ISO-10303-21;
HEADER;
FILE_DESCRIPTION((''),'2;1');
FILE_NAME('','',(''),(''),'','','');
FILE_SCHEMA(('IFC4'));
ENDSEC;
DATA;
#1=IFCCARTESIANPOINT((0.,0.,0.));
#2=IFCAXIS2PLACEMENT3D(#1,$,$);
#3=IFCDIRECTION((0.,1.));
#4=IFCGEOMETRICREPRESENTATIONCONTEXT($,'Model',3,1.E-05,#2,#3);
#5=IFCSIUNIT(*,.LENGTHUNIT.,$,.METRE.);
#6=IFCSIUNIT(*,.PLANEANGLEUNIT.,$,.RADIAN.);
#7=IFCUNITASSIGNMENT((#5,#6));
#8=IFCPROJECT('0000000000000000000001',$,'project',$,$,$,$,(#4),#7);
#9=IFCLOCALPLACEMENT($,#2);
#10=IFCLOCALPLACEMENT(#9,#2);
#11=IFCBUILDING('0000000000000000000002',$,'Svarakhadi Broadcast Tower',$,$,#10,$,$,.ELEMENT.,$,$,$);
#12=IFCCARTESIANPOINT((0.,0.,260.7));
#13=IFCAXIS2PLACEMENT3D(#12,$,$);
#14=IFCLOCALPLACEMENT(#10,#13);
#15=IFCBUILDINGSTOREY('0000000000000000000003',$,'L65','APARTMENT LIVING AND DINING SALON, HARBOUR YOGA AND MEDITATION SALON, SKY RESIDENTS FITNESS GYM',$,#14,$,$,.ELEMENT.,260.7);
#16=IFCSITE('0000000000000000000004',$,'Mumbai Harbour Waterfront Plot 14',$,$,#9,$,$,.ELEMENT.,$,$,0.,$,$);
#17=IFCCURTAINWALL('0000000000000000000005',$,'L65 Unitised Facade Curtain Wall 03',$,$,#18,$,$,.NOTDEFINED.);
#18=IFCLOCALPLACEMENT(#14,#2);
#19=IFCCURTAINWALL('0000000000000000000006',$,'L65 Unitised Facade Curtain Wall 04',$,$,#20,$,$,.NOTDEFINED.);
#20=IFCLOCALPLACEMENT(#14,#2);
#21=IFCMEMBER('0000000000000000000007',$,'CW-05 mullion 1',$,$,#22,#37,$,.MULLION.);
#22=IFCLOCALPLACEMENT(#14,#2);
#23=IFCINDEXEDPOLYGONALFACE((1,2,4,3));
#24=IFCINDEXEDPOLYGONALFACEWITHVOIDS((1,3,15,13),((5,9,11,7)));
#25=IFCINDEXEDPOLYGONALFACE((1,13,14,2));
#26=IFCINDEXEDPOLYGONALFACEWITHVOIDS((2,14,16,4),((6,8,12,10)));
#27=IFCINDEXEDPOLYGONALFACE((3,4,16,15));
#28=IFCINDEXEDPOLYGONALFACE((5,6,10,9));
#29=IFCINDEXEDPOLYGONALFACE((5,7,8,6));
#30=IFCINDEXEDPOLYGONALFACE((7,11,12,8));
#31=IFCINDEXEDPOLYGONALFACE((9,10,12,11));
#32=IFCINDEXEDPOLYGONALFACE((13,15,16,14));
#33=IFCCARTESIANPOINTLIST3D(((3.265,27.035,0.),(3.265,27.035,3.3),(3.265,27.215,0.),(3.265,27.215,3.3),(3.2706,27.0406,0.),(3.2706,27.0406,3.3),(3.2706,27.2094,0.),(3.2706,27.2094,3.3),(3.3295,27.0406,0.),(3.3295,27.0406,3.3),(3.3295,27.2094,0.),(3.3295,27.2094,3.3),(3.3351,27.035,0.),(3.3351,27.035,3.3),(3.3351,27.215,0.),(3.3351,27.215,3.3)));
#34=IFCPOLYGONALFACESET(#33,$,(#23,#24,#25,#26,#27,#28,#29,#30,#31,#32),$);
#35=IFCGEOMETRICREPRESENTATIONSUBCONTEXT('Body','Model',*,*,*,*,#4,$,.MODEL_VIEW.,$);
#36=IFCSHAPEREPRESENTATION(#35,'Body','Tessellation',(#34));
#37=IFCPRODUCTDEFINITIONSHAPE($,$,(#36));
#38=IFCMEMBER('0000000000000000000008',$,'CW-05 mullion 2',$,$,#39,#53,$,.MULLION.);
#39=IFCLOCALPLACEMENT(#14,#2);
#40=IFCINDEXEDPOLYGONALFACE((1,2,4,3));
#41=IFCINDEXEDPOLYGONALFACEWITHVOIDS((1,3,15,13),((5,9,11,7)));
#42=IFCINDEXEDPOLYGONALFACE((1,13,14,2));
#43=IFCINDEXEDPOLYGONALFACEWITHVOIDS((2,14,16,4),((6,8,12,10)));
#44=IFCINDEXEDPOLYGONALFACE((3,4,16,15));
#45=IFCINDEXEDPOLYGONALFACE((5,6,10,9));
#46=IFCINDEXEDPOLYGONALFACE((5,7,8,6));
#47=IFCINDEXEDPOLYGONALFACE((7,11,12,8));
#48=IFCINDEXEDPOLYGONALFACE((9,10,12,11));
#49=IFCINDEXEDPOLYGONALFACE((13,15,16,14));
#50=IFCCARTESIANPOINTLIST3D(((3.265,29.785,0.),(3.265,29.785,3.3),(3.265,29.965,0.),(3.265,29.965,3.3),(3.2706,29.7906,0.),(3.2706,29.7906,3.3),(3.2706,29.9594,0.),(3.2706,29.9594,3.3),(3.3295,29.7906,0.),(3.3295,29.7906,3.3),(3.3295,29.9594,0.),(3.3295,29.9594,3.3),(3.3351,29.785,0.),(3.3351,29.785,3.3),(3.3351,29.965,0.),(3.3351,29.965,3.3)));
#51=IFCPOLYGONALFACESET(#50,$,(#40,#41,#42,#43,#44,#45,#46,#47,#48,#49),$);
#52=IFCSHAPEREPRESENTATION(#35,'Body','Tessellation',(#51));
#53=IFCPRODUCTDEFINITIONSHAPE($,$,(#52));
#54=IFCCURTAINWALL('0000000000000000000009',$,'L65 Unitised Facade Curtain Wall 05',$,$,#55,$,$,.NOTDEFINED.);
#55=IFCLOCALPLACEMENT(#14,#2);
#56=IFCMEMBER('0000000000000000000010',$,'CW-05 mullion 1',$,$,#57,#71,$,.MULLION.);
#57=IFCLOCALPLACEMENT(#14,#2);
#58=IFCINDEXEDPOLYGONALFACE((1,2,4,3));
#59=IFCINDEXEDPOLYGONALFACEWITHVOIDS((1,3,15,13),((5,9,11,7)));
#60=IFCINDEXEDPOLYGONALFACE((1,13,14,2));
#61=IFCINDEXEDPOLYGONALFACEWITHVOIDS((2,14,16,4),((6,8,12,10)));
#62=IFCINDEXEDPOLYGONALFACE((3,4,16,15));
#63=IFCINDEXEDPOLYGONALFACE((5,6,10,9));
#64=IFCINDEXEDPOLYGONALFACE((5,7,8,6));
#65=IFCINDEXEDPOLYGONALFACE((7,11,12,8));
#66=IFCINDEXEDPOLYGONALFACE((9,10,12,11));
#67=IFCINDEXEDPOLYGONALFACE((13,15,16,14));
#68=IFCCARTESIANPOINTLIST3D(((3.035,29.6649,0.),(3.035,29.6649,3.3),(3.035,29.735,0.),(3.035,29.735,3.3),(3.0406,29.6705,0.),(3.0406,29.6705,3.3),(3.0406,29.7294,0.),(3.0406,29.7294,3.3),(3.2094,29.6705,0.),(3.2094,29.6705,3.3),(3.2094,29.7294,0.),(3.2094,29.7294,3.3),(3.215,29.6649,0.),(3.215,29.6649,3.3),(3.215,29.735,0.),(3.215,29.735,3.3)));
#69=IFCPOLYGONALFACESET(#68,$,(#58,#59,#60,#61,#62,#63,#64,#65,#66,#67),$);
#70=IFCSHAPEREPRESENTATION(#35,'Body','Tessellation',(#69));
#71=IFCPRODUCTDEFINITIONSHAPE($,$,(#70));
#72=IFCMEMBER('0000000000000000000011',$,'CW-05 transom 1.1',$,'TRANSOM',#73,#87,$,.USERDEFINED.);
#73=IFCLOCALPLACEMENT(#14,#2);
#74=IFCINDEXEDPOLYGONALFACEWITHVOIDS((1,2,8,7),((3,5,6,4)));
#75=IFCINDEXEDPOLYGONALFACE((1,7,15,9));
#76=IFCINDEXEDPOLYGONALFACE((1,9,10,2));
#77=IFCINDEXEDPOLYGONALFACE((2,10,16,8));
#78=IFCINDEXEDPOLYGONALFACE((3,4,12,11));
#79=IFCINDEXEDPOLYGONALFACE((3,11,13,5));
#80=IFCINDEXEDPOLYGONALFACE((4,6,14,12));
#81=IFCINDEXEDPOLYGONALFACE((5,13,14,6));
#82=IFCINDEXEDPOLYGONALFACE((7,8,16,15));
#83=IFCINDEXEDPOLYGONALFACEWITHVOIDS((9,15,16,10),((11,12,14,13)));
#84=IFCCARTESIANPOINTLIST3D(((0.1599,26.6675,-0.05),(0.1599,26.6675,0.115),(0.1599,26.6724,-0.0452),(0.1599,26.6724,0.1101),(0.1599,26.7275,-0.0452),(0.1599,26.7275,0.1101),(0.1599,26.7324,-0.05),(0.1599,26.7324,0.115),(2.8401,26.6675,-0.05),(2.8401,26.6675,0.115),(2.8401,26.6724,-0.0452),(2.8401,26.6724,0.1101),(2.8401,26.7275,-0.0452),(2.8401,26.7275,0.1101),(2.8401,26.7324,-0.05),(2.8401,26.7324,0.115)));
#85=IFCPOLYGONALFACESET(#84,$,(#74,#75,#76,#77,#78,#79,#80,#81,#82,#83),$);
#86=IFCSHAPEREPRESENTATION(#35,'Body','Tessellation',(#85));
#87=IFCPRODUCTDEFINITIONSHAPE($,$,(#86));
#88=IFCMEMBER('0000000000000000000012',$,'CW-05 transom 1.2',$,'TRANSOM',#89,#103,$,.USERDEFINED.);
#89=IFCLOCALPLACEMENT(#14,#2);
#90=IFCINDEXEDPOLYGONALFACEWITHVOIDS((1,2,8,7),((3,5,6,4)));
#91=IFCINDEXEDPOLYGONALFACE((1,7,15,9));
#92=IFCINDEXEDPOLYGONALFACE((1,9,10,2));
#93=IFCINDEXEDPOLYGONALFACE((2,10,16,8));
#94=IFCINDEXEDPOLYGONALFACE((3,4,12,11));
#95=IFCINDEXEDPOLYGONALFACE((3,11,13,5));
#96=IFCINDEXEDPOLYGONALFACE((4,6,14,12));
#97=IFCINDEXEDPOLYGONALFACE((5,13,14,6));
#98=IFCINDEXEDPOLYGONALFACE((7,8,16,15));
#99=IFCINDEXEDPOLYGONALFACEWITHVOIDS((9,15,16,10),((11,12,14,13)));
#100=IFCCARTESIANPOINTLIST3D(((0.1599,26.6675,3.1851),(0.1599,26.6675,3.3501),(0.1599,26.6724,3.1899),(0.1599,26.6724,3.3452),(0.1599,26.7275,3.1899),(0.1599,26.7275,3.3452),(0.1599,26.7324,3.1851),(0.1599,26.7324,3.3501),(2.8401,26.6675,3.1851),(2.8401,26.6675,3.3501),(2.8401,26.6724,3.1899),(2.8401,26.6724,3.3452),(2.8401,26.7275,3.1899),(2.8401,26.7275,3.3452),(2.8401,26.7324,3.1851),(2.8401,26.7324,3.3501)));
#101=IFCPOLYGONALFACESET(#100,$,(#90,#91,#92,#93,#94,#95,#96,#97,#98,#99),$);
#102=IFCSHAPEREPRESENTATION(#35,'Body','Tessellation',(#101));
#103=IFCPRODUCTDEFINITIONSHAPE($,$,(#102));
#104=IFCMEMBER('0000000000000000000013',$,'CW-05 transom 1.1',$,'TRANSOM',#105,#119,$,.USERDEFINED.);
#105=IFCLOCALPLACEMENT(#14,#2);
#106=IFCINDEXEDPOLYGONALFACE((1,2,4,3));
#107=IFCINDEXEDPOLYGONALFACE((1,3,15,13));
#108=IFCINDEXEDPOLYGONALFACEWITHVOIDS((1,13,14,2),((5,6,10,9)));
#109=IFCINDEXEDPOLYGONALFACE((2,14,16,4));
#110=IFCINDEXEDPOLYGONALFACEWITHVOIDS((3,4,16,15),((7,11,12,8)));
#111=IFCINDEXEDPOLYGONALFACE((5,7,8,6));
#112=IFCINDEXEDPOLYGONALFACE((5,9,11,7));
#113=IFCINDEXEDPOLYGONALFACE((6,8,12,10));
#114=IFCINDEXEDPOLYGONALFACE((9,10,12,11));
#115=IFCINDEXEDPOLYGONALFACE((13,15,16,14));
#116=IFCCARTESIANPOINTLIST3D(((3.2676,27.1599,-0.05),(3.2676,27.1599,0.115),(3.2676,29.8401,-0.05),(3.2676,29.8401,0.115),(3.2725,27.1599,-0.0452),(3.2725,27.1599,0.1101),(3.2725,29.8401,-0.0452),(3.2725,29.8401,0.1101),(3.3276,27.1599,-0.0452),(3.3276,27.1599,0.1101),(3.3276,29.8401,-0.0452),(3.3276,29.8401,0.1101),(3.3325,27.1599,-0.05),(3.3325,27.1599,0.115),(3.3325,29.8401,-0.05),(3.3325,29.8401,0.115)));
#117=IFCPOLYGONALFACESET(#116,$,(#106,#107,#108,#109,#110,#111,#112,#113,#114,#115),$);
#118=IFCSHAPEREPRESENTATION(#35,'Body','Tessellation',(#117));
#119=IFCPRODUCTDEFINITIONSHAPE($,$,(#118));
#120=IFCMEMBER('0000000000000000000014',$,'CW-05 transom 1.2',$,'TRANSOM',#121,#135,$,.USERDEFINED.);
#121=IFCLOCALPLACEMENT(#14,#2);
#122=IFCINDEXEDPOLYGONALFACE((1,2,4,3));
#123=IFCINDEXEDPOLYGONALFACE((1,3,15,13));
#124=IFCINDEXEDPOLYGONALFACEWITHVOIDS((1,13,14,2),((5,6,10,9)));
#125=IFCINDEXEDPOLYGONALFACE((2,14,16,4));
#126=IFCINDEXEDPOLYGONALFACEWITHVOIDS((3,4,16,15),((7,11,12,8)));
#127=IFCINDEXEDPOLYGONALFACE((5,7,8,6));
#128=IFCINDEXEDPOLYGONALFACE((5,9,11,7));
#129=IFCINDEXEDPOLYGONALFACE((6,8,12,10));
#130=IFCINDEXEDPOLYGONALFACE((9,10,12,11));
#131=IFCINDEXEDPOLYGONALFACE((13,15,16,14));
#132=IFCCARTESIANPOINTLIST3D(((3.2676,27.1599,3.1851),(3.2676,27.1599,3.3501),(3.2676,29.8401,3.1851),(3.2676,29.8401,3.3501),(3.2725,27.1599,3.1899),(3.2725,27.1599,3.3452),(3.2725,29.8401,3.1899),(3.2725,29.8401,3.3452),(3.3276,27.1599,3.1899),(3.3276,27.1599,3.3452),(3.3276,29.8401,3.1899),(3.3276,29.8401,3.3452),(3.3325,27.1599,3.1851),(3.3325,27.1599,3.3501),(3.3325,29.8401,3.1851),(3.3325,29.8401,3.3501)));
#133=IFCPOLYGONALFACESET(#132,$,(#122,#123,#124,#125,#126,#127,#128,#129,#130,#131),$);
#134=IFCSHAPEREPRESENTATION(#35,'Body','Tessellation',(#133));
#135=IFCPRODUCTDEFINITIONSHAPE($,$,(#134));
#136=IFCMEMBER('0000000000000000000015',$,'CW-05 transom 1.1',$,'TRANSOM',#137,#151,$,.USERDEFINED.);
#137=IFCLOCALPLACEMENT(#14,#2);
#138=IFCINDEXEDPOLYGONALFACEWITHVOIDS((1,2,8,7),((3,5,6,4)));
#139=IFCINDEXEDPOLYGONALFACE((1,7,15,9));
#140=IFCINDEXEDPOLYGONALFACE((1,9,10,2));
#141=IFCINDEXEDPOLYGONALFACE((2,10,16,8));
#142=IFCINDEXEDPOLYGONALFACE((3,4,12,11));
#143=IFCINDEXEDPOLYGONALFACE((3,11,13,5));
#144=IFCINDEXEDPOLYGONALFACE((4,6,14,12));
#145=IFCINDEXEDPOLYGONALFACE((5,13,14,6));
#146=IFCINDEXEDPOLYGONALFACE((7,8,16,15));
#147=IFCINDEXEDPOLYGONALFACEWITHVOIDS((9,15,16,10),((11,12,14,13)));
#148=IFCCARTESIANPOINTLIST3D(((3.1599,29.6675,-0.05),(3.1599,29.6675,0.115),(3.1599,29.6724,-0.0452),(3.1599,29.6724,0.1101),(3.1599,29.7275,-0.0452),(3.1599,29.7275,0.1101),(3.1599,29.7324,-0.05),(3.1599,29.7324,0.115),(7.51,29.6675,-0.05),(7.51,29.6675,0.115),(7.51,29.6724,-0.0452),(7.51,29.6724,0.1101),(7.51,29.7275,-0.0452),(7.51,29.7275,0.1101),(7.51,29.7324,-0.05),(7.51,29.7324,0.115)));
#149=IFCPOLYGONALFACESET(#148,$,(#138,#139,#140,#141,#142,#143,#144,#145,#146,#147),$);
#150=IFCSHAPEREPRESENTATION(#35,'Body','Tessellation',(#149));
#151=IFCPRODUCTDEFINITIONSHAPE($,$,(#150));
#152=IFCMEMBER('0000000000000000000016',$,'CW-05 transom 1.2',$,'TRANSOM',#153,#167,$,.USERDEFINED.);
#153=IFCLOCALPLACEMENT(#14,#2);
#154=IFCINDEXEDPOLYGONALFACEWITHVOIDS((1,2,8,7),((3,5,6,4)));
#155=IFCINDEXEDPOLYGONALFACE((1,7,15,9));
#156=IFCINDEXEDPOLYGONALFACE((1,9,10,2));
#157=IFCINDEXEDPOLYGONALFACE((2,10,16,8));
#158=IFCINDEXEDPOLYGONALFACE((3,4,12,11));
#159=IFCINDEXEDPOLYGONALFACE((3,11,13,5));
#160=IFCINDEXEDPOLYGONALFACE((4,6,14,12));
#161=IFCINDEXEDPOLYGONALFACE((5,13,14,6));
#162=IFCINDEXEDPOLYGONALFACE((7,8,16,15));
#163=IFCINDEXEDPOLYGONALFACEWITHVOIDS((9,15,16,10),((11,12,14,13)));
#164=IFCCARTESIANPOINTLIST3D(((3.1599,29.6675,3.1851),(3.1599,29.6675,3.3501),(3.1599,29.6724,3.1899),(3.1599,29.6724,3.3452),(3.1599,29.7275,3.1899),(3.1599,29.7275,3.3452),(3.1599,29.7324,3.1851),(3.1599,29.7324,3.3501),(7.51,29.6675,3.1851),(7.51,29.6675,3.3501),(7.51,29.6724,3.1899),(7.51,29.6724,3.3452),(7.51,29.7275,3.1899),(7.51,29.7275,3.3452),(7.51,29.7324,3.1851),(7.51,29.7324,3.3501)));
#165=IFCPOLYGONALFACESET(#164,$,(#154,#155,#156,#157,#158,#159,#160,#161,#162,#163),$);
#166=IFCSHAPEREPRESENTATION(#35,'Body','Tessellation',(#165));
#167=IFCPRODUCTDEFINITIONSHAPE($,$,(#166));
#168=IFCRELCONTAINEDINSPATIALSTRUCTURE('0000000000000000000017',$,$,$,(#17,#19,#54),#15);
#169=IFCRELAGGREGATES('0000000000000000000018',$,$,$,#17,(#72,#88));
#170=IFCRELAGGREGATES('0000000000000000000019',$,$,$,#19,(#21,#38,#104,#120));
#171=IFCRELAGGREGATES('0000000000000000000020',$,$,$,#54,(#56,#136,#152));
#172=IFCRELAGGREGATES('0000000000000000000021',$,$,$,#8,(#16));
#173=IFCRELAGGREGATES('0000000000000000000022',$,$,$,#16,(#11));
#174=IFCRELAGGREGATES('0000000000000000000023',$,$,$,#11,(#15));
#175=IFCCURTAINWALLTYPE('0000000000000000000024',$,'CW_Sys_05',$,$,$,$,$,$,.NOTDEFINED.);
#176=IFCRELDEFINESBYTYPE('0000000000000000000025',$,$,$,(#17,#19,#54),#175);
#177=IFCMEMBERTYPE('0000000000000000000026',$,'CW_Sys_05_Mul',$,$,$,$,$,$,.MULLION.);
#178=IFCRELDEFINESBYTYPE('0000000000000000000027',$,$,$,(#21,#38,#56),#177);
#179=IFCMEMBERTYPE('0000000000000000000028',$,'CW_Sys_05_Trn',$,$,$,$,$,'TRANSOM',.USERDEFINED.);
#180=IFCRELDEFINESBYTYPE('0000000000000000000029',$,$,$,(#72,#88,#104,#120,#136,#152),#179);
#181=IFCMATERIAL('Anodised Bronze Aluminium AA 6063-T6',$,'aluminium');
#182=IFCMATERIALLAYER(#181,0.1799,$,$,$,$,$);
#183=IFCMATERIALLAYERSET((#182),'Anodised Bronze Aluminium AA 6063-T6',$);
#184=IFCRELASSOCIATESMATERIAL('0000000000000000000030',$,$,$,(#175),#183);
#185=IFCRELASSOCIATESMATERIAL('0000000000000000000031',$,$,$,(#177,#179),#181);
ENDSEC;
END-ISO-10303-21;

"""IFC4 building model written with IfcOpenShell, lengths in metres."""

from ifc_helpers import new_model, si_unit, direction, frame, origin, origin_2d, place, context, subcontext, project, spatial, hollow_rectangle, extrude, material, layer, layer_set, material_profile, profile_set, type_object, element, aggregate, save


model = new_model("IFC4")

# Units and contexts
model_context = context("Model", 3, precision=1e-05, world=origin(), true_north=direction((0.0, 1.0)))
body_context = subcontext(model_context, "Body", "Model", "MODEL_VIEW")
ifc_project = project(units=[si_unit("LENGTHUNIT", "METRE"), si_unit("PLANEANGLEUNIT", "RADIAN")], contexts=[model_context])

# Site, building, storey
site_placement = place(None, origin())
site = spatial("IfcSite", under=ifc_project, at=site_placement, Name="Mumbai Harbour Waterfront Plot 14", CompositionType="ELEMENT", RefElevation=0.0)
building_placement = place(site_placement, origin())
building = spatial("IfcBuilding", under=site, at=building_placement, Name="Svarakhadi Broadcast Tower", CompositionType="ELEMENT")
storey_placement = place(building_placement, frame((0.0, 0.0, 260.7)))
storey = spatial("IfcBuildingStorey", under=building, at=storey_placement, Name="L65", Description="APARTMENT LIVING AND DINING SALON, HARBOUR YOGA AND MEDITATION SALON, SKY RESIDENTS FITNESS GYM", CompositionType="ELEMENT", Elevation=260.7)

# Curtain walls, members
ifc_material_1 = material(Name="Anodised Bronze Aluminium AA 6063-T6", Category="aluminium")
ifc_layer_1 = layer(ifc_material_1, 0.1799)
ifc_layer_set_1 = layer_set([ifc_layer_1], Name="Anodised Bronze Aluminium AA 6063-T6")
curtain_wall_type = type_object("IfcCurtainWallType", Name="CW_Sys_05", PredefinedType="NOTDEFINED", material=ifc_layer_set_1)
curtain_wall_1_placement = place(storey_placement, origin())
curtain_wall_1 = element("IfcCurtainWall", 1, at=curtain_wall_1_placement, inside=storey, type_object=curtain_wall_type, Name="L65 Unitised Facade Curtain Wall 03", PredefinedType="NOTDEFINED")
ifc_material_profile_1 = material_profile(ifc_material_1, hollow_rectangle(XDim=0.0701, YDim=0.1799, WallThickness=0.0056, at=origin_2d()), Name="ALU MULLION 180x70x6")
ifc_profile_set_1 = profile_set([ifc_material_profile_1], Name="Anodised Bronze Aluminium AA 6063-T6")
member_type_1 = type_object("IfcMemberType", Name="CW_Sys_05_Mul", PredefinedType="MULLION", material=ifc_profile_set_1)
curtain_wall_2_placement = place(storey_placement, origin())
curtain_wall_2 = element("IfcCurtainWall", 2, at=curtain_wall_2_placement, inside=storey, type_object=curtain_wall_type, Name="L65 Unitised Facade Curtain Wall 04", PredefinedType="NOTDEFINED")
member_1_placement = place(storey_placement, frame((3.3, 27.125, 0.0), z_axis=(0.0, 0.0, 1.0), x_axis=(-1.0, 0.0, 0.0)))
member_1 = element("IfcMember", 3, at=member_1_placement, type_object=member_type_1, Name="CW-05 mullion 1", PredefinedType="MULLION", context=body_context, shape_type="SweptSolid", body=[
    extrude(hollow_rectangle(XDim=0.0701, YDim=0.1799, WallThickness=0.0056, at=origin_2d()), origin(), (0.0, 0.0, 1.0), 3.3),
])
member_2_placement = place(storey_placement, frame((3.3, 29.875, 0.0), z_axis=(0.0, 0.0, 1.0), x_axis=(-1.0, 0.0, 0.0)))
member_2 = element("IfcMember", 4, at=member_2_placement, type_object=member_type_1, Name="CW-05 mullion 2", PredefinedType="MULLION", context=body_context, shape_type="SweptSolid", body=[
    extrude(hollow_rectangle(XDim=0.0701, YDim=0.1799, WallThickness=0.0056, at=origin_2d()), origin(), (0.0, 0.0, 1.0), 3.3),
])

# Curtain wall, member
curtain_wall_3_placement = place(storey_placement, origin())
curtain_wall_3 = element("IfcCurtainWall", 5, at=curtain_wall_3_placement, inside=storey, type_object=curtain_wall_type, Name="L65 Unitised Facade Curtain Wall 05", PredefinedType="NOTDEFINED")
member_3_placement = place(storey_placement, frame((3.125, 29.7, 0.0), z_axis=(0.0, 0.0, 1.0), x_axis=(0.0, 1.0, 0.0)))
member_3 = element("IfcMember", 6, at=member_3_placement, type_object=member_type_1, Name="CW-05 mullion 1", PredefinedType="MULLION", context=body_context, shape_type="SweptSolid", body=[
    extrude(hollow_rectangle(XDim=0.0701, YDim=0.1799, WallThickness=0.0056, at=origin_2d()), origin(), (0.0, 0.0, 1.0), 3.3),
])

# Members
ifc_material_profile_2 = material_profile(ifc_material_1, hollow_rectangle(XDim=0.0649, YDim=0.165, WallThickness=0.0049, at=origin_2d()), Name="ALU TRANSOM 165x65x5")
ifc_profile_set_2 = profile_set([ifc_material_profile_2], Name="Anodised Bronze Aluminium AA 6063-T6")
member_type_2 = type_object("IfcMemberType", Name="CW_Sys_05_Trn", ElementType="TRANSOM", PredefinedType="USERDEFINED", material=ifc_profile_set_2)
member_4_placement = place(storey_placement, frame((0.1599, 26.7, 0.0325), z_axis=(1.0, 0.0, 0.0), x_axis=(0.0, 1.0, 0.0)))
member_4 = element("IfcMember", 7, at=member_4_placement, type_object=member_type_2, Name="CW-05 transom 1.1", ObjectType="TRANSOM", PredefinedType="USERDEFINED", context=body_context, shape_type="SweptSolid", body=[
    extrude(hollow_rectangle(XDim=0.0649, YDim=0.165, WallThickness=0.0049, at=origin_2d()), origin(), (0.0, 0.0, 1.0), 2.6802),
])
member_5_placement = place(storey_placement, frame((0.1599, 26.7, 3.2676), z_axis=(1.0, 0.0, 0.0), x_axis=(0.0, 1.0, 0.0)))
member_5 = element("IfcMember", 8, at=member_5_placement, type_object=member_type_2, Name="CW-05 transom 1.2", ObjectType="TRANSOM", PredefinedType="USERDEFINED", context=body_context, shape_type="SweptSolid", body=[
    extrude(hollow_rectangle(XDim=0.0649, YDim=0.165, WallThickness=0.0049, at=origin_2d()), origin(), (0.0, 0.0, 1.0), 2.6802),
])
member_6_placement = place(storey_placement, frame((3.3, 27.1599, 0.0325), z_axis=(0.0, 1.0, 0.0), x_axis=(-1.0, 0.0, 0.0)))
member_6 = element("IfcMember", 9, at=member_6_placement, type_object=member_type_2, Name="CW-05 transom 1.1", ObjectType="TRANSOM", PredefinedType="USERDEFINED", context=body_context, shape_type="SweptSolid", body=[
    extrude(hollow_rectangle(XDim=0.0649, YDim=0.165, WallThickness=0.0049, at=origin_2d()), origin(), (0.0, 0.0, 1.0), 2.6802),
])
member_7_placement = place(storey_placement, frame((3.3, 27.1599, 3.2676), z_axis=(0.0, 1.0, 0.0), x_axis=(-1.0, 0.0, 0.0)))
member_7 = element("IfcMember", 10, at=member_7_placement, type_object=member_type_2, Name="CW-05 transom 1.2", ObjectType="TRANSOM", PredefinedType="USERDEFINED", context=body_context, shape_type="SweptSolid", body=[
    extrude(hollow_rectangle(XDim=0.0649, YDim=0.165, WallThickness=0.0049, at=origin_2d()), origin(), (0.0, 0.0, 1.0), 2.6802),
])
member_8_placement = place(storey_placement, frame((3.1599, 29.7, 0.0325), z_axis=(1.0, 0.0, 0.0), x_axis=(0.0, 1.0, 0.0)))
member_8 = element("IfcMember", 11, at=member_8_placement, type_object=member_type_2, Name="CW-05 transom 1.1", ObjectType="TRANSOM", PredefinedType="USERDEFINED", context=body_context, shape_type="SweptSolid", body=[
    extrude(hollow_rectangle(XDim=0.0649, YDim=0.165, WallThickness=0.0049, at=origin_2d()), origin(), (0.0, 0.0, 1.0), 4.3501),
])
member_9_placement = place(storey_placement, frame((3.1599, 29.7, 3.2676), z_axis=(1.0, 0.0, 0.0), x_axis=(0.0, 1.0, 0.0)))
member_9 = element("IfcMember", 12, at=member_9_placement, type_object=member_type_2, Name="CW-05 transom 1.2", ObjectType="TRANSOM", PredefinedType="USERDEFINED", context=body_context, shape_type="SweptSolid", body=[
    extrude(hollow_rectangle(XDim=0.0649, YDim=0.165, WallThickness=0.0049, at=origin_2d()), origin(), (0.0, 0.0, 1.0), 4.3501),
])

aggregate(curtain_wall_1, [member_4, member_5])
aggregate(curtain_wall_2, [member_1, member_2, member_6, member_7])
aggregate(curtain_wall_3, [member_3, member_8, member_9])

save(model, "model.ifc")
